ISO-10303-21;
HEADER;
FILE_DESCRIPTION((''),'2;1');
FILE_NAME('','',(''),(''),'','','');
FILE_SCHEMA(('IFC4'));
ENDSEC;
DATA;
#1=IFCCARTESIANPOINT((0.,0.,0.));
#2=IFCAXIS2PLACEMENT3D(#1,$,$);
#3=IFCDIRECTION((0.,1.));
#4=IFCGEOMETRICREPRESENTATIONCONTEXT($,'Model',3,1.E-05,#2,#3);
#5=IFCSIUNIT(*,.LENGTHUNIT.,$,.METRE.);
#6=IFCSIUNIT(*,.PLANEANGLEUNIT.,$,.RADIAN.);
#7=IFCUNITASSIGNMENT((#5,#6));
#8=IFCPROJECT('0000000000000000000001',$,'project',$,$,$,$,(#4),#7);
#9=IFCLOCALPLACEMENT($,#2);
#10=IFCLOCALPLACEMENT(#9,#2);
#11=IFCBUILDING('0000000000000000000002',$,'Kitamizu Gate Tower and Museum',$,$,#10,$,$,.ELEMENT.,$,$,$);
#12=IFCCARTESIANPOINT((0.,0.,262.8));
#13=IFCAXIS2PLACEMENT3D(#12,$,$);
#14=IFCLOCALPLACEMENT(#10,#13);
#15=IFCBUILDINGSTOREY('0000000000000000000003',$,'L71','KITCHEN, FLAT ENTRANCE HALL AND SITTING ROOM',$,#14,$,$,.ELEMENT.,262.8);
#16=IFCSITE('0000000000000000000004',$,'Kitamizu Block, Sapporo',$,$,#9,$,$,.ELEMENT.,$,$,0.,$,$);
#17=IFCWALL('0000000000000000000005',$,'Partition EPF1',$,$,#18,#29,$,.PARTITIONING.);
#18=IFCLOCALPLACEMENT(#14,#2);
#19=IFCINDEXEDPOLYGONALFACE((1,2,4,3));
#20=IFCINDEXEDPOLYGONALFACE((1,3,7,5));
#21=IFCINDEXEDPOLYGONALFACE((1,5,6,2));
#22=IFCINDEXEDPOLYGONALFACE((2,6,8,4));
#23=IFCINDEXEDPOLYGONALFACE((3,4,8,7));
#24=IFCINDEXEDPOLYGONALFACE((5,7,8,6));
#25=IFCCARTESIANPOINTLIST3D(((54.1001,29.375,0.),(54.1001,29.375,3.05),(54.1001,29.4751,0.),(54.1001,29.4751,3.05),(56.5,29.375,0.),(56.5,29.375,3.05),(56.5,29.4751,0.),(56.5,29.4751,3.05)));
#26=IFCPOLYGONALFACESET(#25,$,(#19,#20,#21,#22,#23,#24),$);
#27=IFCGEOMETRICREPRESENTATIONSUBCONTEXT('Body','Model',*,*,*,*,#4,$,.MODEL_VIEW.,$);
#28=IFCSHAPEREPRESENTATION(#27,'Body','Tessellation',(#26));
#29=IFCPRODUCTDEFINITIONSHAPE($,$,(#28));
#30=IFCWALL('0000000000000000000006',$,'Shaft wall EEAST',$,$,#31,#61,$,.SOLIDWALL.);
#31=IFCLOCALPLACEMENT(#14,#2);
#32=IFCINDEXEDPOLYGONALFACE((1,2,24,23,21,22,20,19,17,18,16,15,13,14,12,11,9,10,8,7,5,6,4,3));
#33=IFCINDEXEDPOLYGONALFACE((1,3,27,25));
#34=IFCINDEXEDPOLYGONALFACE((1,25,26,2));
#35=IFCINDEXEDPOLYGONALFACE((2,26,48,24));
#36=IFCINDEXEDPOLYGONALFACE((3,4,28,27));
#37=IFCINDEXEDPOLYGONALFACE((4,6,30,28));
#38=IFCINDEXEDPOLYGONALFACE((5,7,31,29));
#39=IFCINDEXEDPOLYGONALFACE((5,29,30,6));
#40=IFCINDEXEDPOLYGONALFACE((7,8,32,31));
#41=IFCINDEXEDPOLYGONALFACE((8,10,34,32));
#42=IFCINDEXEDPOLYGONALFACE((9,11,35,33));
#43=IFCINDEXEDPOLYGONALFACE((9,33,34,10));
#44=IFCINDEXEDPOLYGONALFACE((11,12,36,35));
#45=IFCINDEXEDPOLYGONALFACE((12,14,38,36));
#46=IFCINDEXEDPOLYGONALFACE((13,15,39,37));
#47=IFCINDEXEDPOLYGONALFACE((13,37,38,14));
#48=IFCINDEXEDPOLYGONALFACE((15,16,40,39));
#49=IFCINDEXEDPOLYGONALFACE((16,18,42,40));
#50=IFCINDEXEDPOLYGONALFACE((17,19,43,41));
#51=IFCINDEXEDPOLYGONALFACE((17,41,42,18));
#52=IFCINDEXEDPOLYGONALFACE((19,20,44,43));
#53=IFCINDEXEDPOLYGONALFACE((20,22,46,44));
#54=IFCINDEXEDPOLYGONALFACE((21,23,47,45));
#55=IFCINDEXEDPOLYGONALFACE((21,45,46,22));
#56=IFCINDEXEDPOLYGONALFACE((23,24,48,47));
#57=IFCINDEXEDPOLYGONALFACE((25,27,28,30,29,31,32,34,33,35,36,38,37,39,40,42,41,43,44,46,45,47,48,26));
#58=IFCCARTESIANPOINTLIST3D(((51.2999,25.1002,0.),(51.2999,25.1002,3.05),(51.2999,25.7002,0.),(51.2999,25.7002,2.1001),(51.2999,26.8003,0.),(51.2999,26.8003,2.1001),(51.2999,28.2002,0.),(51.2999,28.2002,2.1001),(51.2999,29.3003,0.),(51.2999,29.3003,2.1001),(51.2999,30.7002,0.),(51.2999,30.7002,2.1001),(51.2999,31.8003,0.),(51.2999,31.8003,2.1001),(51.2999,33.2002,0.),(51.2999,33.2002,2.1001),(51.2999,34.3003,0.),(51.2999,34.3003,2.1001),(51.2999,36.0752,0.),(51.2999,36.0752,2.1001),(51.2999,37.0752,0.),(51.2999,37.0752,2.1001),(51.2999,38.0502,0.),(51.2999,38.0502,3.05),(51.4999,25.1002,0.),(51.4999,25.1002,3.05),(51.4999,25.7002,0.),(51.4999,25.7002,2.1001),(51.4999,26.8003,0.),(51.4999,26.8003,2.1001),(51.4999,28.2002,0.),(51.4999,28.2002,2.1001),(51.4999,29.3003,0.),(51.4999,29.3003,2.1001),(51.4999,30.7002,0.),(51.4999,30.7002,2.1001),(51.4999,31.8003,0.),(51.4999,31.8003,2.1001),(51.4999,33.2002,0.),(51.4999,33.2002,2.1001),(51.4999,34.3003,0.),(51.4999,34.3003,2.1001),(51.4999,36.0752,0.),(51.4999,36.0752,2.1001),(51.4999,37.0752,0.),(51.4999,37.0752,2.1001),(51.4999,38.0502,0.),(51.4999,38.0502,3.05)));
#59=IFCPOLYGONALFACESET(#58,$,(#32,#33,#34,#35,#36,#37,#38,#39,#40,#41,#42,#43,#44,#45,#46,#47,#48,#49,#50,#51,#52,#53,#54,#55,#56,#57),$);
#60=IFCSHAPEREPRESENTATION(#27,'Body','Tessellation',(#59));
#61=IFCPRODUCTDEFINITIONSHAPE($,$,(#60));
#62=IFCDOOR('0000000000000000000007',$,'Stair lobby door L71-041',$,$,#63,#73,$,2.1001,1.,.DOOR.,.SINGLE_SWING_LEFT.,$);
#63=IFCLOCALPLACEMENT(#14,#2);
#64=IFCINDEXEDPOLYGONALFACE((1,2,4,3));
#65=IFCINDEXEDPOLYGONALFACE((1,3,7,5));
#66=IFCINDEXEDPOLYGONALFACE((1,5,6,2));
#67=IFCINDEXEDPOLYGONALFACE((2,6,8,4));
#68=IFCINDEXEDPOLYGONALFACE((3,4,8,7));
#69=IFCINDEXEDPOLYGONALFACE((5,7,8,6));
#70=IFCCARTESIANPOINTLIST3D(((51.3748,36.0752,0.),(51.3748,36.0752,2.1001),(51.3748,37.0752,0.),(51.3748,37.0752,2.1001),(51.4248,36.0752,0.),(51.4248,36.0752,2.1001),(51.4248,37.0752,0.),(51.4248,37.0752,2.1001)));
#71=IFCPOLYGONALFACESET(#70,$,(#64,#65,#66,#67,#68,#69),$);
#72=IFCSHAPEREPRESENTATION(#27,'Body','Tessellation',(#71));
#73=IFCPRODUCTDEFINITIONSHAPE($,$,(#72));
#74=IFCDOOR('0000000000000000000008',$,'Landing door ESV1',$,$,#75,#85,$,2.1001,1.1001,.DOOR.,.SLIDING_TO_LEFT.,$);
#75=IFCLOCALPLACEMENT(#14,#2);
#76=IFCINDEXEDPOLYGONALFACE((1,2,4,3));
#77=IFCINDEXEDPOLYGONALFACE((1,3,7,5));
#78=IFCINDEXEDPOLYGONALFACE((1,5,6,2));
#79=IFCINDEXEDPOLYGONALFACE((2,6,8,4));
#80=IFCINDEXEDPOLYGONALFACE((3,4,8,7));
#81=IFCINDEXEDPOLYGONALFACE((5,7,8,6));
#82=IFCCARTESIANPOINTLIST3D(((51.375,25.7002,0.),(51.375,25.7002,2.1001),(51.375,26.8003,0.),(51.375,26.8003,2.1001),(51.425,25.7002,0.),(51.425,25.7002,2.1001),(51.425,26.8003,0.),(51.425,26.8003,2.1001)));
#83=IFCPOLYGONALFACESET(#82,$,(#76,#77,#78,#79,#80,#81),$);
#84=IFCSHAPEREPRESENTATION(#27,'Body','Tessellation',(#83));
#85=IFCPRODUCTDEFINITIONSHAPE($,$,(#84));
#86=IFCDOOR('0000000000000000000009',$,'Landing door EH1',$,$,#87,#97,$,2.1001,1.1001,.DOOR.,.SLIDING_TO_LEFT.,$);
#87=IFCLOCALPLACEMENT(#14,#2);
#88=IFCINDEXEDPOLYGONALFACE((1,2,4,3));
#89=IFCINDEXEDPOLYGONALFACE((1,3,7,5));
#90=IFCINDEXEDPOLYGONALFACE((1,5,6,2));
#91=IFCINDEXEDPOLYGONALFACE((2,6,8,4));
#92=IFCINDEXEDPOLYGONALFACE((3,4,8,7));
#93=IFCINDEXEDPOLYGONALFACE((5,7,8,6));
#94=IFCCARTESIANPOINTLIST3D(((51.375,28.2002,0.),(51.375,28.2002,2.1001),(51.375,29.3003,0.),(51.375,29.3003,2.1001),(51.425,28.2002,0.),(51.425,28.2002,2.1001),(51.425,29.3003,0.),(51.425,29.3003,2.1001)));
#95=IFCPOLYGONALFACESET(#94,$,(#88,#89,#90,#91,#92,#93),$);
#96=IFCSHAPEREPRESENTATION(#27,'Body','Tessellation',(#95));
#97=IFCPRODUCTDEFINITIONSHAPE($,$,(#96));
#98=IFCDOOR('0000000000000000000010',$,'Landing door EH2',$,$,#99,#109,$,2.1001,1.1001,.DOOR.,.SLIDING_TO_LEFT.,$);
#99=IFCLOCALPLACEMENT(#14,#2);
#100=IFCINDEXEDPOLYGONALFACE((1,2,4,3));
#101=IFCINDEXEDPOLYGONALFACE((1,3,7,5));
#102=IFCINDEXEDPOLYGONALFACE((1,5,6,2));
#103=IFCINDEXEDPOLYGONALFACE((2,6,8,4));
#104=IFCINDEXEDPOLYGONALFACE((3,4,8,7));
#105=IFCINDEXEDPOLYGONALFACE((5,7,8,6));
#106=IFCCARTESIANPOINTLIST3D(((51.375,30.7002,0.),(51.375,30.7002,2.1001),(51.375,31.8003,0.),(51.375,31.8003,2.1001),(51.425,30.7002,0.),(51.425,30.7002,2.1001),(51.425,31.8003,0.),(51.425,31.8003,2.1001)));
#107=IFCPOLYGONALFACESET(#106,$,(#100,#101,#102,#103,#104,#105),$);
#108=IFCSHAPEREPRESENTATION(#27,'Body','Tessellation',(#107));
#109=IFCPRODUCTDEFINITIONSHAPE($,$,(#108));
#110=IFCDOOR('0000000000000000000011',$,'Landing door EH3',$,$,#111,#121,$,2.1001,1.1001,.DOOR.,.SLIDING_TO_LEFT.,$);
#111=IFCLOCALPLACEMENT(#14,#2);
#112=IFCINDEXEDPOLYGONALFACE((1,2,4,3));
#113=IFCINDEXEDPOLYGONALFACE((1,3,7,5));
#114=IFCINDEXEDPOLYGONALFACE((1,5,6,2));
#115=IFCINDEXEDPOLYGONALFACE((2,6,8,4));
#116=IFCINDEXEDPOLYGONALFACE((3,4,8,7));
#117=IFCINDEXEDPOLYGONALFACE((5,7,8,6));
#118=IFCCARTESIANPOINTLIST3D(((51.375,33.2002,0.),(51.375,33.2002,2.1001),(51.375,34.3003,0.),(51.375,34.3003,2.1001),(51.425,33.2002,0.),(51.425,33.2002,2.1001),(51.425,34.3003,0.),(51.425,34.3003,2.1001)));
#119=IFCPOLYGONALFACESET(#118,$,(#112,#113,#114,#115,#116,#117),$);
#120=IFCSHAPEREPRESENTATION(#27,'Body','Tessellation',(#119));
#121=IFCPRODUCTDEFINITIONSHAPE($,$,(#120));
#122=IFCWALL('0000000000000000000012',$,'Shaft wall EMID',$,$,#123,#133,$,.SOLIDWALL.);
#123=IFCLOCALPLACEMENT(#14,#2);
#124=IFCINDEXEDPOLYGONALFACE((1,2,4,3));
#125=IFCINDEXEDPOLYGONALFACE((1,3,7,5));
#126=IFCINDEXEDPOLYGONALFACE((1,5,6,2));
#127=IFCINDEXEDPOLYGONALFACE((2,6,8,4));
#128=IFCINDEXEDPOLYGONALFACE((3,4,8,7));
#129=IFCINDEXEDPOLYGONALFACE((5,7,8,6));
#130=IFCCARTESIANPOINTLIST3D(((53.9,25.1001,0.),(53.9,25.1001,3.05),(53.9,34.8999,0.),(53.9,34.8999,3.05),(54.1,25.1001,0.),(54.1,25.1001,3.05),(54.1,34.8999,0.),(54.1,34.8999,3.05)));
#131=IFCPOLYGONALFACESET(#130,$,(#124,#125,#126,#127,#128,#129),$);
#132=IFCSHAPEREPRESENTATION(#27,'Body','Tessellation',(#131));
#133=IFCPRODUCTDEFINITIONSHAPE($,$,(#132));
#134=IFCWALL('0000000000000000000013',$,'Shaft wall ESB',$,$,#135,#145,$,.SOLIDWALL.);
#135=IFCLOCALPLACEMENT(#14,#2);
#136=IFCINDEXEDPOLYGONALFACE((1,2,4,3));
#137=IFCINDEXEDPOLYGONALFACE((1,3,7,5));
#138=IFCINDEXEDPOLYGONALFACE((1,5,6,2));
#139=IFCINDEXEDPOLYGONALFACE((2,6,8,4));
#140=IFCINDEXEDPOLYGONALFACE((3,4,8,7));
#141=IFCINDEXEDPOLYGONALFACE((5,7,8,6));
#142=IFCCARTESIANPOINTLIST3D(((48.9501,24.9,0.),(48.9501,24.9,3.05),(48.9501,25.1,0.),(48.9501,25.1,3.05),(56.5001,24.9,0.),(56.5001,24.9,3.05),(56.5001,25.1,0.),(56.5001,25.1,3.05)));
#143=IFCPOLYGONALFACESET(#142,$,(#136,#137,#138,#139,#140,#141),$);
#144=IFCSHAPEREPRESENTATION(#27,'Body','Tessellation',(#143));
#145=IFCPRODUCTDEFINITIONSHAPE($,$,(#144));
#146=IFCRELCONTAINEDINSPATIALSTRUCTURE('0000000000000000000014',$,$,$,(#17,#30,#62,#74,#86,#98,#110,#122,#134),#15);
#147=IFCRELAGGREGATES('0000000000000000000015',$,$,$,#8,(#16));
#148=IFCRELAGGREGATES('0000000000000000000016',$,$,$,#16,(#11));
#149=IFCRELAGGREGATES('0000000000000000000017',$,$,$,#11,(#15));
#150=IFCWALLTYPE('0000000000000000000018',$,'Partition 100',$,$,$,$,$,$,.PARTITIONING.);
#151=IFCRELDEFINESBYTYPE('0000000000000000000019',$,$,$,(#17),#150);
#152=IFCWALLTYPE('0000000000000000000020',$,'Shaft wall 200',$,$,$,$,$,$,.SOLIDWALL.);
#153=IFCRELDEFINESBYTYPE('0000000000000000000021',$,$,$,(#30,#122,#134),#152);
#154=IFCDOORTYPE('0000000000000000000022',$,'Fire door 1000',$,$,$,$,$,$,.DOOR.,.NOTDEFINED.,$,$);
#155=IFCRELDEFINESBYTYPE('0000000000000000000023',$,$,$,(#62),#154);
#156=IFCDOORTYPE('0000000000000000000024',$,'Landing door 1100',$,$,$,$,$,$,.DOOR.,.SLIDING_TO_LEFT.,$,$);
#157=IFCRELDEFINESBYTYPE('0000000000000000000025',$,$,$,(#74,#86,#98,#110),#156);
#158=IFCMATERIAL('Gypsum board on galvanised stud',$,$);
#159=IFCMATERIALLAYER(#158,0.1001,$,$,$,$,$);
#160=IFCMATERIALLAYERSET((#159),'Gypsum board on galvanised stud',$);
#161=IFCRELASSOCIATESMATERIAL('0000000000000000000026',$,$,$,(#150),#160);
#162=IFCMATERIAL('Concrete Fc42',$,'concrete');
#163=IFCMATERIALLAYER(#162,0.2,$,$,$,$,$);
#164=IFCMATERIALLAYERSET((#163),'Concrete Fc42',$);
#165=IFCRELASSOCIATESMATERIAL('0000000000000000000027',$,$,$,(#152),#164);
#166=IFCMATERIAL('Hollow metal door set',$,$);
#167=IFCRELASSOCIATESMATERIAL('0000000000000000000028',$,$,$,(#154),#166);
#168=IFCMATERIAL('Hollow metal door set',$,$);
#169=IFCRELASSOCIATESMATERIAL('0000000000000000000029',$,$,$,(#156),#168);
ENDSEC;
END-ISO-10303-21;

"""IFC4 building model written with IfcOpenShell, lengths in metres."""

from ifc_helpers import new_model, si_unit, direction, frame, frame_2d, origin, place, context, subcontext, project, spatial, rectangle, extrude, material, layer, layer_set, type_object, element, fill, save


model = new_model("IFC4")

# Units and contexts
model_context = context("Model", 3, precision=1e-05, world=origin(), true_north=direction((0.0, 1.0)))
body_context = subcontext(model_context, "Body", "Model", "MODEL_VIEW")
ifc_project = project(units=[si_unit("LENGTHUNIT", "METRE"), si_unit("PLANEANGLEUNIT", "RADIAN")], contexts=[model_context])

# Site, building, storey
site_placement = place(None, origin())
site = spatial("IfcSite", under=ifc_project, at=site_placement, Name="Kitamizu Block, Sapporo", CompositionType="ELEMENT", RefElevation=0.0)
building_placement = place(site_placement, origin())
building = spatial("IfcBuilding", under=site, at=building_placement, Name="Kitamizu Gate Tower and Museum", CompositionType="ELEMENT")
storey_placement = place(building_placement, frame((0.0, 0.0, 262.8)))
storey = spatial("IfcBuildingStorey", under=building, at=storey_placement, Name="L71", Description="KITCHEN, FLAT ENTRANCE HALL AND SITTING ROOM", CompositionType="ELEMENT", Elevation=262.8)

# Wall
ifc_material_1 = material(Name="Gypsum board on galvanised stud")
ifc_layer_1 = layer(ifc_material_1, 0.1001)
ifc_layer_set_1 = layer_set([ifc_layer_1], Name="Gypsum board on galvanised stud")
wall_type_1 = type_object("IfcWallType", Name="Partition 100", PredefinedType="PARTITIONING", material=ifc_layer_set_1)
wall_1_placement = place(storey_placement, frame((56.5, 29.425, 0.0), z_axis=(0.0, 0.0, 1.0), x_axis=(-1.0, 0.0, 0.0)))
element("IfcWall", 1, at=wall_1_placement, inside=storey, type_object=wall_type_1, Name="Partition EPF1", PredefinedType="PARTITIONING", context=body_context, shape_type="SweptSolid", body=[
    extrude(rectangle(XDim=2.3999, YDim=0.1001, at=frame_2d((1.2, 0.0))), origin(), (0.0, 0.0, 1.0), 3.05),
])

# Wall, openings, doors
ifc_material_2 = material(Name="Concrete Fc42", Category="concrete")
ifc_layer_2 = layer(ifc_material_2, 0.2)
ifc_layer_set_2 = layer_set([ifc_layer_2], Name="Concrete Fc42")
wall_type_2 = type_object("IfcWallType", Name="Shaft wall 200", PredefinedType="SOLIDWALL", material=ifc_layer_set_2)
wall_2_placement = place(storey_placement, frame((51.3999, 25.1001, 0.0), z_axis=(0.0, 0.0, 1.0), x_axis=(0.0, 1.0, 0.0)))
wall_2 = element("IfcWall", 2, at=wall_2_placement, inside=storey, type_object=wall_type_2, Name="Shaft wall EEAST", PredefinedType="SOLIDWALL", context=body_context, shape_type="SweptSolid", body=[
    extrude(rectangle(XDim=12.95, YDim=0.2, at=frame_2d((6.4751, 0.0))), origin(), (0.0, 0.0, 1.0), 3.05),
])
opening_1_placement = place(wall_2_placement, frame((0.6001, 0.0, 0.0)))
opening_1 = element("IfcOpeningElement", 3, at=opening_1_placement, cuts=wall_2, PredefinedType="OPENING", context=body_context, shape_type="SweptSolid", body=[
    extrude(rectangle(XDim=1.1001, YDim=2.1001, at=frame_2d((0.55, 1.05))), frame((0.0, 0.1099, 0.0), z_axis=(0.0, -1.0, 0.0), x_axis=(1.0, 0.0, 0.0)), (0.0, 0.0, 1.0), 0.22),
])
opening_2_placement = place(wall_2_placement, frame((3.1001, 0.0, 0.0)))
opening_2 = element("IfcOpeningElement", 4, at=opening_2_placement, cuts=wall_2, PredefinedType="OPENING", context=body_context, shape_type="SweptSolid", body=[
    extrude(rectangle(XDim=1.1001, YDim=2.1001, at=frame_2d((0.55, 1.05))), frame((0.0, 0.1099, 0.0), z_axis=(0.0, -1.0, 0.0), x_axis=(1.0, 0.0, 0.0)), (0.0, 0.0, 1.0), 0.22),
])
opening_3_placement = place(wall_2_placement, frame((5.6001, 0.0, 0.0)))
opening_3 = element("IfcOpeningElement", 5, at=opening_3_placement, cuts=wall_2, PredefinedType="OPENING", context=body_context, shape_type="SweptSolid", body=[
    extrude(rectangle(XDim=1.1001, YDim=2.1001, at=frame_2d((0.55, 1.05))), frame((0.0, 0.1099, 0.0), z_axis=(0.0, -1.0, 0.0), x_axis=(1.0, 0.0, 0.0)), (0.0, 0.0, 1.0), 0.22),
])
opening_4_placement = place(wall_2_placement, frame((8.1001, 0.0, 0.0)))
opening_4 = element("IfcOpeningElement", 6, at=opening_4_placement, cuts=wall_2, PredefinedType="OPENING", context=body_context, shape_type="SweptSolid", body=[
    extrude(rectangle(XDim=1.1001, YDim=2.1001, at=frame_2d((0.55, 1.05))), frame((0.0, 0.1099, 0.0), z_axis=(0.0, -1.0, 0.0), x_axis=(1.0, 0.0, 0.0)), (0.0, 0.0, 1.0), 0.22),
])
opening_5_placement = place(wall_2_placement, frame((10.9751, 0.0, 0.0)))
opening_5 = element("IfcOpeningElement", 7, at=opening_5_placement, cuts=wall_2, PredefinedType="OPENING", context=body_context, shape_type="SweptSolid", body=[
    extrude(rectangle(XDim=1.0, YDim=2.1001, at=frame_2d((0.5, 1.05))), frame((0.0, 0.1099, 0.0), z_axis=(0.0, -1.0, 0.0), x_axis=(1.0, 0.0, 0.0)), (0.0, 0.0, 1.0), 0.22),
])
ifc_material_3 = material(Name="Hollow metal door set")
door_type_1 = type_object("IfcDoorType", Name="Fire door 1000", OperationType="NOTDEFINED", PredefinedType="DOOR", material=ifc_material_3)
door_1_placement = place(opening_5_placement, frame((1.0, 0.0, 0.0), x_axis=(-1.0, 0.0, 0.0)))
door_1 = element("IfcDoor", 8, at=door_1_placement, inside=storey, type_object=door_type_1, Name="Stair lobby door L71-041", OperationType="SINGLE_SWING_LEFT", OverallHeight=2.1001, OverallWidth=1.0, PredefinedType="DOOR", context=body_context, shape_type="SweptSolid", body=[
    extrude(rectangle(XDim=1.0, YDim=2.1001, at=frame_2d((0.5, 1.05))), frame((0.0, 0.0249, 0.0), z_axis=(0.0, -1.0, 0.0), x_axis=(1.0, 0.0, 0.0)), (0.0, 0.0, 1.0), 0.05),
])
fill(opening_5, door_1)
ifc_material_4 = material(Name="Hollow metal door set")
door_type_2 = type_object("IfcDoorType", Name="Landing door 1100", OperationType="SLIDING_TO_LEFT", PredefinedType="DOOR", material=ifc_material_4)
door_2_placement = place(opening_1_placement, origin())
door_2 = element("IfcDoor", 9, at=door_2_placement, inside=storey, type_object=door_type_2, Name="Landing door ESV1", OperationType="SLIDING_TO_LEFT", OverallHeight=2.1001, OverallWidth=1.1001, PredefinedType="DOOR", context=body_context, shape_type="SweptSolid", body=[
    extrude(rectangle(XDim=1.1001, YDim=2.1001, at=frame_2d((0.55, 1.05))), frame((0.0, 0.0249, 0.0), z_axis=(0.0, -1.0, 0.0), x_axis=(1.0, 0.0, 0.0)), (0.0, 0.0, 1.0), 0.05),
])
fill(opening_1, door_2)
door_3_placement = place(opening_2_placement, origin())
door_3 = element("IfcDoor", 10, at=door_3_placement, inside=storey, type_object=door_type_2, Name="Landing door EH1", OperationType="SLIDING_TO_LEFT", OverallHeight=2.1001, OverallWidth=1.1001, PredefinedType="DOOR", context=body_context, shape_type="SweptSolid", body=[
    extrude(rectangle(XDim=1.1001, YDim=2.1001, at=frame_2d((0.55, 1.05))), frame((0.0, 0.0249, 0.0), z_axis=(0.0, -1.0, 0.0), x_axis=(1.0, 0.0, 0.0)), (0.0, 0.0, 1.0), 0.05),
])
fill(opening_2, door_3)
door_4_placement = place(opening_3_placement, origin())
door_4 = element("IfcDoor", 11, at=door_4_placement, inside=storey, type_object=door_type_2, Name="Landing door EH2", OperationType="SLIDING_TO_LEFT", OverallHeight=2.1001, OverallWidth=1.1001, PredefinedType="DOOR", context=body_context, shape_type="SweptSolid", body=[
    extrude(rectangle(XDim=1.1001, YDim=2.1001, at=frame_2d((0.55, 1.05))), frame((0.0, 0.0249, 0.0), z_axis=(0.0, -1.0, 0.0), x_axis=(1.0, 0.0, 0.0)), (0.0, 0.0, 1.0), 0.05),
])
fill(opening_3, door_4)
door_5_placement = place(opening_4_placement, origin())
door_5 = element("IfcDoor", 12, at=door_5_placement, inside=storey, type_object=door_type_2, Name="Landing door EH3", OperationType="SLIDING_TO_LEFT", OverallHeight=2.1001, OverallWidth=1.1001, PredefinedType="DOOR", context=body_context, shape_type="SweptSolid", body=[
    extrude(rectangle(XDim=1.1001, YDim=2.1001, at=frame_2d((0.55, 1.05))), frame((0.0, 0.0249, 0.0), z_axis=(0.0, -1.0, 0.0), x_axis=(1.0, 0.0, 0.0)), (0.0, 0.0, 1.0), 0.05),
])
fill(opening_4, door_5)

# Walls
wall_3_placement = place(storey_placement, frame((54.0, 25.1001, 0.0), z_axis=(0.0, 0.0, 1.0), x_axis=(0.0, 1.0, 0.0)))
element("IfcWall", 13, at=wall_3_placement, inside=storey, type_object=wall_type_2, Name="Shaft wall EMID", PredefinedType="SOLIDWALL", context=body_context, shape_type="SweptSolid", body=[
    extrude(rectangle(XDim=9.7998, YDim=0.2, at=frame_2d((4.8999, 0.0))), origin(), (0.0, 0.0, 1.0), 3.05),
])
wall_4_placement = place(storey_placement, frame((56.5, 25.0, 0.0), z_axis=(0.0, 0.0, 1.0), x_axis=(-1.0, 0.0, 0.0)))
element("IfcWall", 14, at=wall_4_placement, inside=storey, type_object=wall_type_2, Name="Shaft wall ESB", PredefinedType="SOLIDWALL", context=body_context, shape_type="SweptSolid", body=[
    extrude(rectangle(XDim=7.55, YDim=0.2, at=frame_2d((3.7749, 0.0))), origin(), (0.0, 0.0, 1.0), 3.05),
])

save(model, "model.ifc")
